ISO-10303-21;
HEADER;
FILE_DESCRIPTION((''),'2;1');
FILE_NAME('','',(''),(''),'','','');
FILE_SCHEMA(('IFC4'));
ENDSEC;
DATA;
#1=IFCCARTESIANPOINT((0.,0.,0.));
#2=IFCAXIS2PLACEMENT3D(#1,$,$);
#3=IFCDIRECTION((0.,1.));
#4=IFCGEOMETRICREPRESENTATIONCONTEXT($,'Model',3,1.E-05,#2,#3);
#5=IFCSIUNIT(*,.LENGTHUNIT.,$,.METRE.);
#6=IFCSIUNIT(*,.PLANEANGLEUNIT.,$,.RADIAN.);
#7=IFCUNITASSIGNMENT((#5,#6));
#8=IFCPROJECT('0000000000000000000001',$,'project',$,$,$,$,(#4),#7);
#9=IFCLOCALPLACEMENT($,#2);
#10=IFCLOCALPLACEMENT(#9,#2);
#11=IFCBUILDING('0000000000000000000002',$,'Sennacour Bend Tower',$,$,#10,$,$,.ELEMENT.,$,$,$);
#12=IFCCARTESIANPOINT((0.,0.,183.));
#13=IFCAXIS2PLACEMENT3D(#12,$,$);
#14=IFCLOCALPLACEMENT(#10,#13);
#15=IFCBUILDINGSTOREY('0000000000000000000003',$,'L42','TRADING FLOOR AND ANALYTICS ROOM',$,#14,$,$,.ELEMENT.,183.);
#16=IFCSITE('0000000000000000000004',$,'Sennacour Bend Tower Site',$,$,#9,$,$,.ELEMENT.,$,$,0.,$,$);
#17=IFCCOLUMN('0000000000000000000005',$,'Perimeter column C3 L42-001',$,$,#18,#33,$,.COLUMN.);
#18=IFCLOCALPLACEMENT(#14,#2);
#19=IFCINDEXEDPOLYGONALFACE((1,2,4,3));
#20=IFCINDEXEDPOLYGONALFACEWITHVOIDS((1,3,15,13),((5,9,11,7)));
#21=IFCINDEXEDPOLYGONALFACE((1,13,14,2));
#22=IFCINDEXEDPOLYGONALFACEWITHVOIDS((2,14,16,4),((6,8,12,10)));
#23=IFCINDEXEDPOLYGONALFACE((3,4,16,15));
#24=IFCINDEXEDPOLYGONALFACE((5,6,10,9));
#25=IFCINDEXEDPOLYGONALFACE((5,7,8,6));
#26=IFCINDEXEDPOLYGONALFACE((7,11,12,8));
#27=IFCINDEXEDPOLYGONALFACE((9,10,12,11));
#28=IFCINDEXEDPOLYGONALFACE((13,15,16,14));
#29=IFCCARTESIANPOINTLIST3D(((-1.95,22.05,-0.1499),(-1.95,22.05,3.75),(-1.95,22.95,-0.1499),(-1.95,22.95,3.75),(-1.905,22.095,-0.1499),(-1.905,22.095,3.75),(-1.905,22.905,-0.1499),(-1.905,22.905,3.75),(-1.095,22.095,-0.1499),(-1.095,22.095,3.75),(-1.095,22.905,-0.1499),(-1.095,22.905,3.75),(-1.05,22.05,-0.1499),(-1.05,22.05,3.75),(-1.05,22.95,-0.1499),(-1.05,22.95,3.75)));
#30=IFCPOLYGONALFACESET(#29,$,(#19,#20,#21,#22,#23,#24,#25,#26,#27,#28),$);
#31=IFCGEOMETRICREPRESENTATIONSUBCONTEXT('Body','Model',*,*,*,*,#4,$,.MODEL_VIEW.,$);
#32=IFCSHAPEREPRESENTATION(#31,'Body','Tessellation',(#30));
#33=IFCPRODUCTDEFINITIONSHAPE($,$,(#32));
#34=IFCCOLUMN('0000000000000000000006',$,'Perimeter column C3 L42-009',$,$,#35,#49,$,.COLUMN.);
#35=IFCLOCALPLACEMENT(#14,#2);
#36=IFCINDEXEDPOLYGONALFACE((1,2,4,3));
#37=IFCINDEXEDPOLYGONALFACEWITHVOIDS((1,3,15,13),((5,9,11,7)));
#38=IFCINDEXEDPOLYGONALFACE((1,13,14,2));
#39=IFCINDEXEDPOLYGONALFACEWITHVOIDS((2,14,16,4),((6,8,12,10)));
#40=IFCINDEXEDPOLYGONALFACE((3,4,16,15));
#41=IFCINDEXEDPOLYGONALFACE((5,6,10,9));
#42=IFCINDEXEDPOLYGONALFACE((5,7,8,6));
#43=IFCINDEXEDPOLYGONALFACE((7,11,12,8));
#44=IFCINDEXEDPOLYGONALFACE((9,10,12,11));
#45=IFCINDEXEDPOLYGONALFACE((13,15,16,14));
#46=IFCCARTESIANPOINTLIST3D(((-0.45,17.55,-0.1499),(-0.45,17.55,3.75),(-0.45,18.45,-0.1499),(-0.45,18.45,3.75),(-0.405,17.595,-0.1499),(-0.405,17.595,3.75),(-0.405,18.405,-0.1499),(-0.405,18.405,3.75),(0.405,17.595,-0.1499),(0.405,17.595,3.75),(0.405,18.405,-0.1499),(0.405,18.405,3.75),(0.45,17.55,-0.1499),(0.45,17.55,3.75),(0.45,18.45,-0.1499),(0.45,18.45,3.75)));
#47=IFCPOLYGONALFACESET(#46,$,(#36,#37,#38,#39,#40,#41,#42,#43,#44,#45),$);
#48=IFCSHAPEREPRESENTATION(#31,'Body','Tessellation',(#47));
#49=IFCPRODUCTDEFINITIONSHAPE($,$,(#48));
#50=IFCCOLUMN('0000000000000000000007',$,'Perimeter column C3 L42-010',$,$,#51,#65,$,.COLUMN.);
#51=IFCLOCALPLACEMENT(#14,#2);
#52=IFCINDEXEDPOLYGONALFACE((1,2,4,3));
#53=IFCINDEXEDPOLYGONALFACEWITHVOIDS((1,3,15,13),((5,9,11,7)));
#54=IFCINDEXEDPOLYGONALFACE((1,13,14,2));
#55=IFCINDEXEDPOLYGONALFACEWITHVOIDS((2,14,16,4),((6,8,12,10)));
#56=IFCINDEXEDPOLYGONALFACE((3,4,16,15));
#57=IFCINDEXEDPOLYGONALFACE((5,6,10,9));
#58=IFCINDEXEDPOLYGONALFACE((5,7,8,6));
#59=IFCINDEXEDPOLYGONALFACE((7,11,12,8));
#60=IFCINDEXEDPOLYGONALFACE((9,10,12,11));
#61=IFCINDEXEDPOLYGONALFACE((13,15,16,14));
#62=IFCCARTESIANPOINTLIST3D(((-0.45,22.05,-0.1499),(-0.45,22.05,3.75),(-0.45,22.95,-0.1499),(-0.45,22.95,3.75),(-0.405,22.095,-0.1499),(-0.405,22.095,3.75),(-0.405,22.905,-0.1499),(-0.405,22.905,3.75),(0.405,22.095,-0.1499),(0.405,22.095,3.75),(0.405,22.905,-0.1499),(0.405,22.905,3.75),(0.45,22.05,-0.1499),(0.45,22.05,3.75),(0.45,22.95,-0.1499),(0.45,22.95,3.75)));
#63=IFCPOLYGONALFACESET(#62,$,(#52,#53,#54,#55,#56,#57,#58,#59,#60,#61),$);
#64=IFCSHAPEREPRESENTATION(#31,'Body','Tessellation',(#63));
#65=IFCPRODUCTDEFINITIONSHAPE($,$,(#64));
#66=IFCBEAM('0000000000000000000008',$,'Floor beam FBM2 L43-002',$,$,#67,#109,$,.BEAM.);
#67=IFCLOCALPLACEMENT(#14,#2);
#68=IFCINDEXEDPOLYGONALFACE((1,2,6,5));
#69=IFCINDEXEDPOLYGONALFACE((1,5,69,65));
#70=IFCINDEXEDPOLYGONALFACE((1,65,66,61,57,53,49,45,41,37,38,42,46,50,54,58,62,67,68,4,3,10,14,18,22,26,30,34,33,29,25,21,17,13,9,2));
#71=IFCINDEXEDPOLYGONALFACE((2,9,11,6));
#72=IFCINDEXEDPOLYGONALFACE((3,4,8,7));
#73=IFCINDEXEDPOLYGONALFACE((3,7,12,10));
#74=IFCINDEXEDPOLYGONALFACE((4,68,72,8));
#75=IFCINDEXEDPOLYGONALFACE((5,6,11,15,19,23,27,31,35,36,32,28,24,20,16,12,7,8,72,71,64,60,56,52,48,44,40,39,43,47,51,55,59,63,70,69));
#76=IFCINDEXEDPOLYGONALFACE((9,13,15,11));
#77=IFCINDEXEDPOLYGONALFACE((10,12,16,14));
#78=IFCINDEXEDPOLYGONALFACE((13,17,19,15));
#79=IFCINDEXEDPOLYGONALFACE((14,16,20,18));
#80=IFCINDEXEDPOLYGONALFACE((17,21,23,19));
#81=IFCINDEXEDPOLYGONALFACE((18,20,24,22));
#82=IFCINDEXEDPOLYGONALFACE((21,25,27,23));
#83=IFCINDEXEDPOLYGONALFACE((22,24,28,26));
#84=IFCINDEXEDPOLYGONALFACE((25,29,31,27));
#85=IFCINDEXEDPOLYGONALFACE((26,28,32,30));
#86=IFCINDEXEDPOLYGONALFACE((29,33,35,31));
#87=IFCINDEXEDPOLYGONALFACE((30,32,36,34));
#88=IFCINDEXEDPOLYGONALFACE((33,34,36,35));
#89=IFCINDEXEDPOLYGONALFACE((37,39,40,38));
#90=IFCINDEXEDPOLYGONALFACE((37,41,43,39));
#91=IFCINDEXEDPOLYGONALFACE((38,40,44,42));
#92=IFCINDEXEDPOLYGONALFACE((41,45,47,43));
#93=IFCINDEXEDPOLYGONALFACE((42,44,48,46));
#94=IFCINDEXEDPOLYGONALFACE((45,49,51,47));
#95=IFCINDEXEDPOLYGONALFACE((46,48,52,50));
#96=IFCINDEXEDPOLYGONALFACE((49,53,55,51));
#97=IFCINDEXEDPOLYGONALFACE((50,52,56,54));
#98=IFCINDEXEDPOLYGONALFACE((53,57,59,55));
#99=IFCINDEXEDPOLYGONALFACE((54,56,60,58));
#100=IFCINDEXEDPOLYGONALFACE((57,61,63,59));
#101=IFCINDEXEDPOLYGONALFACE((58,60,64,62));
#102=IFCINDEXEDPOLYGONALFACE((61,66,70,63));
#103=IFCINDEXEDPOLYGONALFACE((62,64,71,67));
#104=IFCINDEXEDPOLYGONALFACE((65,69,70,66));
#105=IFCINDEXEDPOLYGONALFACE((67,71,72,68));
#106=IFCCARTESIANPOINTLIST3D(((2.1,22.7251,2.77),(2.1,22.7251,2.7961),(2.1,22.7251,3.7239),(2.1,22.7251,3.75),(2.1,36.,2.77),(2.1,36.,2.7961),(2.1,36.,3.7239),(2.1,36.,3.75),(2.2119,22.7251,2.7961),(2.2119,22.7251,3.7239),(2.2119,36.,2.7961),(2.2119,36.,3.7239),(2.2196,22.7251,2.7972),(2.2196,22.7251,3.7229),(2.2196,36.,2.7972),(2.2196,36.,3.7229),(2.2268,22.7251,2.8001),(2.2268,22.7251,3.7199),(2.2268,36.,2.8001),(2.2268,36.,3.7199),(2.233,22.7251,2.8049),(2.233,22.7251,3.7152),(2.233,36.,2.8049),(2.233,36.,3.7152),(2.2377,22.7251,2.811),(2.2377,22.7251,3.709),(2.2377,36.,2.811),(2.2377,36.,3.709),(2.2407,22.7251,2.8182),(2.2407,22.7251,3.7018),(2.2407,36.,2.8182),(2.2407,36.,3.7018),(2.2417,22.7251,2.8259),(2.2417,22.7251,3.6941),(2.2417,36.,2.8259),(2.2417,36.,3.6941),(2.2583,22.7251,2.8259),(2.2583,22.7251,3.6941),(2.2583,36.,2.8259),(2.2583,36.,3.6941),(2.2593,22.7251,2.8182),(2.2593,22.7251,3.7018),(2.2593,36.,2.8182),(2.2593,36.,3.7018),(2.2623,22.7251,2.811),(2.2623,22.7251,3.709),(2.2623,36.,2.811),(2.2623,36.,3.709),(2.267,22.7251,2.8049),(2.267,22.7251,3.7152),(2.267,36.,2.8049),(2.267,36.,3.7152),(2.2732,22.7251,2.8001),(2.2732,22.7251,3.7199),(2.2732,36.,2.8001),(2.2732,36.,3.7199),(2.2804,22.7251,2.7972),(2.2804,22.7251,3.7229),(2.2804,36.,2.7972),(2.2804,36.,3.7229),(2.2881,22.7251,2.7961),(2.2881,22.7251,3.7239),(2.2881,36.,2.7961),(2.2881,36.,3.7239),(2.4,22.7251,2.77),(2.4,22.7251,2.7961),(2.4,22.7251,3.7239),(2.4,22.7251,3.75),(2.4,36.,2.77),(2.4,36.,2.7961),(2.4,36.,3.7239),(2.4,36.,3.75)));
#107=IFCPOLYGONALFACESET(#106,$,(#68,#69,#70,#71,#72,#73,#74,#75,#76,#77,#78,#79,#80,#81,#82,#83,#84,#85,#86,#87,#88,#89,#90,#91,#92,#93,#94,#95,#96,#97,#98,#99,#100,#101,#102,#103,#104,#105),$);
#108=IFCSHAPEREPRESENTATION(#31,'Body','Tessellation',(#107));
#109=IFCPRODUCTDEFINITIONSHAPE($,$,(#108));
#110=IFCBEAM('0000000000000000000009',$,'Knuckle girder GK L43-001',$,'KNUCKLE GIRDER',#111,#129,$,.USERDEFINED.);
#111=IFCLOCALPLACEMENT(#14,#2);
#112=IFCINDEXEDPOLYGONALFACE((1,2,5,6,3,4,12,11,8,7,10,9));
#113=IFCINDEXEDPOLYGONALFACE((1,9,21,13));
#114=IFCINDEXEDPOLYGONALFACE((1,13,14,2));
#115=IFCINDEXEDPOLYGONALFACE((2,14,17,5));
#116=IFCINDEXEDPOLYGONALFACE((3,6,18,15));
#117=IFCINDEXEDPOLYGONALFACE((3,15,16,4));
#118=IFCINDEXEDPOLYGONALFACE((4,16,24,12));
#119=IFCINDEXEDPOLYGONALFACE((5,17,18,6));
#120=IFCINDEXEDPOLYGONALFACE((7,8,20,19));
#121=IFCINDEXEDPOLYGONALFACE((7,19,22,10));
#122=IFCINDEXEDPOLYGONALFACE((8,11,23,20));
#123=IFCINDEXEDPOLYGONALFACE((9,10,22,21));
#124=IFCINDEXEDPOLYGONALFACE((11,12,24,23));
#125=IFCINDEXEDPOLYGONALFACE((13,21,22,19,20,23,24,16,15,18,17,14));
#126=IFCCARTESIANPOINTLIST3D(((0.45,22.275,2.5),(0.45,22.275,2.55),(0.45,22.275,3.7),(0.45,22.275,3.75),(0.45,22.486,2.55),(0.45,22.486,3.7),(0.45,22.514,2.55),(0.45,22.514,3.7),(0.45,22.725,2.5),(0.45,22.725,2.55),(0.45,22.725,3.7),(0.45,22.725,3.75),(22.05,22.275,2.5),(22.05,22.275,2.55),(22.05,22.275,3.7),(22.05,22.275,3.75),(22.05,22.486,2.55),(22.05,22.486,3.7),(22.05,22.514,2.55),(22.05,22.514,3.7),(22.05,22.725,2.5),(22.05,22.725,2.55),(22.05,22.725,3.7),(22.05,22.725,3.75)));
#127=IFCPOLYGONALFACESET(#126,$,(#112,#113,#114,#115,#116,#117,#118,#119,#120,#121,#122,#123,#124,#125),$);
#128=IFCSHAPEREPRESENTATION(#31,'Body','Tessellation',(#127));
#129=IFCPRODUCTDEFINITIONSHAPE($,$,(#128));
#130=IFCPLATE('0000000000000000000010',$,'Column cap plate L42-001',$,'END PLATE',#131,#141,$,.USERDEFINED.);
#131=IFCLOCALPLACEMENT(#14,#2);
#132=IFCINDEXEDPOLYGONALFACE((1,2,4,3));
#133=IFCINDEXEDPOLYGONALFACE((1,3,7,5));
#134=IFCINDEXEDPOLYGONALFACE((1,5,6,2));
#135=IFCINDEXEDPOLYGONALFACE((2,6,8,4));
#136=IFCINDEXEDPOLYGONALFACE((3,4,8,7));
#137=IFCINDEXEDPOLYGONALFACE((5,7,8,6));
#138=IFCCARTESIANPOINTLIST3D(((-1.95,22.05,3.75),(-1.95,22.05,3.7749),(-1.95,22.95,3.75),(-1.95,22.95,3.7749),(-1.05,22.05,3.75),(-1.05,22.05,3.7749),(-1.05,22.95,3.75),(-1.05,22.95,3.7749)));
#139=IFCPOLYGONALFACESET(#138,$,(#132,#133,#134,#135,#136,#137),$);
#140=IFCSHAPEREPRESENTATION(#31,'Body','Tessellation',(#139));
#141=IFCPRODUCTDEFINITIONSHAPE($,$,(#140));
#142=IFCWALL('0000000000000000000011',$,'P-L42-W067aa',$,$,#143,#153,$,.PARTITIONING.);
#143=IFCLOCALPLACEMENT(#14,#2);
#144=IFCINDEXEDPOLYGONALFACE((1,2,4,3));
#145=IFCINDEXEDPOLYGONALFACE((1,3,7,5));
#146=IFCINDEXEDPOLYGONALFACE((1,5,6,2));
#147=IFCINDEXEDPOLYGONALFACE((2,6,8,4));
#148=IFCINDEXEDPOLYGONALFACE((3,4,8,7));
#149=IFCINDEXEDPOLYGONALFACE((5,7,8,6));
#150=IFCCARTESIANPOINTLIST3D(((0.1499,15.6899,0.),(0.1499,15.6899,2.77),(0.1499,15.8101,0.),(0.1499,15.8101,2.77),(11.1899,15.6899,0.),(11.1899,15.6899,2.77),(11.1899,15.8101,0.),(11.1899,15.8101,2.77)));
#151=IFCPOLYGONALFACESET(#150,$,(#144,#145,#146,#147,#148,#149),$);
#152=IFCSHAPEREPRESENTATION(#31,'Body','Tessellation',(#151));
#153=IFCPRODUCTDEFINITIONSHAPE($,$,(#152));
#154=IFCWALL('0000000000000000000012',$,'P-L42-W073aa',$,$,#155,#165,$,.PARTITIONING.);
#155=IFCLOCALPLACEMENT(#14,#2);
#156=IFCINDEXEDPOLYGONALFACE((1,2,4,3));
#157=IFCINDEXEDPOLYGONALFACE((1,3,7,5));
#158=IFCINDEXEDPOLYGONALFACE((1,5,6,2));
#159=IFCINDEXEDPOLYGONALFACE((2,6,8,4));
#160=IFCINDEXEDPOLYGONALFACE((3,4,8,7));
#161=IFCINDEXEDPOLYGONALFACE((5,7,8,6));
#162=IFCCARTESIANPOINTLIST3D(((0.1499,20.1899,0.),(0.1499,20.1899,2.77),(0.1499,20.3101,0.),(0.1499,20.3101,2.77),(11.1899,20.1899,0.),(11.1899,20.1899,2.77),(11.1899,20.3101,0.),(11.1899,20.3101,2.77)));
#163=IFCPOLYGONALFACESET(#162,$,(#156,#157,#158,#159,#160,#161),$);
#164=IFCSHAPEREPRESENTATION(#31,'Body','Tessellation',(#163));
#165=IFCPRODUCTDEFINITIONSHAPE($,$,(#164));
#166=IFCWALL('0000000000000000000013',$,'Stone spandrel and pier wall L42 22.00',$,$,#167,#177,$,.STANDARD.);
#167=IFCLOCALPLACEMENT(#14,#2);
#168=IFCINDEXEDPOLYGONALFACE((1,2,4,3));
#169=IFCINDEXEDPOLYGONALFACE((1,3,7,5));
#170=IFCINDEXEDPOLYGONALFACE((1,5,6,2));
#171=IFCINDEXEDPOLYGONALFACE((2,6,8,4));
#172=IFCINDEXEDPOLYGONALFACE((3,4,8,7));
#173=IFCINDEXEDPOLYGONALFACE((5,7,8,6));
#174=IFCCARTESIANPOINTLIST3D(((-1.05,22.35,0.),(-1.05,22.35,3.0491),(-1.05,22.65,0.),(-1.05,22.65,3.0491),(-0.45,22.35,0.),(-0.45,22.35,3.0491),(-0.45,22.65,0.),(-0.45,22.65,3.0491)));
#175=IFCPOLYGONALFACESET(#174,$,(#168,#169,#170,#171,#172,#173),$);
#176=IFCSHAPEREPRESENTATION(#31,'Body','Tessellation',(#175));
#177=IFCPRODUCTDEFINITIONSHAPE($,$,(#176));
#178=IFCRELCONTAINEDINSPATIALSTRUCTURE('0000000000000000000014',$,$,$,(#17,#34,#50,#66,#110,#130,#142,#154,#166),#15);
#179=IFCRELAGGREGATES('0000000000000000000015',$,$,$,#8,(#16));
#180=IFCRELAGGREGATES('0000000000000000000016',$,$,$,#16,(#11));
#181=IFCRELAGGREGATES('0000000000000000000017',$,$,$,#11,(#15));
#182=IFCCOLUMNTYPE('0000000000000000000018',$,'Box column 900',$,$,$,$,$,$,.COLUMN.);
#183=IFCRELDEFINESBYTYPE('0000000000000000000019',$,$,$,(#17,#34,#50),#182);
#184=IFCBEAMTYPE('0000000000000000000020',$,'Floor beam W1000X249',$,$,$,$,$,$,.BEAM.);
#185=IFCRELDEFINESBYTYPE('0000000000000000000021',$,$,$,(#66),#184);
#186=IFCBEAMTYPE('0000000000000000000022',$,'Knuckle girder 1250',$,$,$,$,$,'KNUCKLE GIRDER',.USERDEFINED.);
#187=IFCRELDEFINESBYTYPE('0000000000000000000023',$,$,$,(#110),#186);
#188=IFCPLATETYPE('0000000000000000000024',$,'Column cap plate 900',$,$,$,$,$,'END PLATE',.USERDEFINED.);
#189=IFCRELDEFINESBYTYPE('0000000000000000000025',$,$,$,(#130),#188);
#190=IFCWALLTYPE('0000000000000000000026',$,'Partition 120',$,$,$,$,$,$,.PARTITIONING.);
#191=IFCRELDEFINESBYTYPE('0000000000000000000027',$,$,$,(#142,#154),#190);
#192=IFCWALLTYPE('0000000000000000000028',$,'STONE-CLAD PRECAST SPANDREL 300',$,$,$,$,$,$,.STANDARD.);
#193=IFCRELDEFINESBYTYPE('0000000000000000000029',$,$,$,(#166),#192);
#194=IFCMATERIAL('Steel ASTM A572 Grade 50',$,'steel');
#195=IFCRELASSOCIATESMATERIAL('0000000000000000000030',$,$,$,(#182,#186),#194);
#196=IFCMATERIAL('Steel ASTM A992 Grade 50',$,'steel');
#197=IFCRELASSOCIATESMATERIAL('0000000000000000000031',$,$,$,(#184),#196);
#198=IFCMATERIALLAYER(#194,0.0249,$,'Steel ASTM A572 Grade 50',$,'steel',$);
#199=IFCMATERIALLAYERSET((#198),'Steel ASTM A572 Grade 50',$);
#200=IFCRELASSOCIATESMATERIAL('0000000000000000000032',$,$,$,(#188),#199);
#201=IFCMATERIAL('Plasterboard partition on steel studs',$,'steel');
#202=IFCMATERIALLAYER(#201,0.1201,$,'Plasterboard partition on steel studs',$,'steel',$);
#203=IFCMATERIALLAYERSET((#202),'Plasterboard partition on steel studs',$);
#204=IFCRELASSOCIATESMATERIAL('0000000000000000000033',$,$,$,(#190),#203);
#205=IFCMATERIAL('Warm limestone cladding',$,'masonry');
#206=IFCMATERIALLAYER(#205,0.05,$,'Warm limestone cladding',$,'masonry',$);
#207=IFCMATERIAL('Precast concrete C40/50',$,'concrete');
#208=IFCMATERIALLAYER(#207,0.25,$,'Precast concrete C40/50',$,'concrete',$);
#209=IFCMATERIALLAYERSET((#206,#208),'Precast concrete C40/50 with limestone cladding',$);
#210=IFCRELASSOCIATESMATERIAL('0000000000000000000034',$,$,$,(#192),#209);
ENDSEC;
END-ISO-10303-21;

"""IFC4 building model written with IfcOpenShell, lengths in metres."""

from ifc_helpers import new_model, si_unit, direction, frame, frame_2d, origin, origin_2d, place, context, subcontext, project, spatial, rectangle, hollow_rectangle, i_section, extrude, material, layer, layer_set, material_profile, profile_set, type_object, element, save


model = new_model("IFC4")

# Units and contexts
model_context = context("Model", 3, precision=1e-05, world=origin(), true_north=direction((0.0, 1.0)))
body_context = subcontext(model_context, "Body", "Model", "MODEL_VIEW")
ifc_project = project(units=[si_unit("LENGTHUNIT", "METRE"), si_unit("PLANEANGLEUNIT", "RADIAN")], contexts=[model_context])

# Site, building, storey
site_placement = place(None, origin())
site = spatial("IfcSite", under=ifc_project, at=site_placement, Name="Sennacour Bend Tower Site", CompositionType="ELEMENT", RefElevation=0.0)
building_placement = place(site_placement, origin())
building = spatial("IfcBuilding", under=site, at=building_placement, Name="Sennacour Bend Tower", CompositionType="ELEMENT")
storey_placement = place(building_placement, frame((0.0, 0.0, 183.0)))
storey = spatial("IfcBuildingStorey", under=building, at=storey_placement, Name="L42", Description="TRADING FLOOR AND ANALYTICS ROOM", CompositionType="ELEMENT", Elevation=183.0)

# Columns
ifc_material_1 = material(Name="Steel ASTM A572 Grade 50", Category="steel")
ifc_material_profile_1 = material_profile(ifc_material_1, hollow_rectangle(XDim=0.8999, YDim=0.8999, WallThickness=0.0449, at=origin_2d()), Name="Steel ASTM A572 Grade 50", Category="steel")
ifc_profile_set_1 = profile_set([ifc_material_profile_1], Name="Steel ASTM A572 Grade 50")
column_type = type_object("IfcColumnType", Name="Box column 900", PredefinedType="COLUMN", material=ifc_profile_set_1)
for number, where, z_axis, x_axis, name in (
    (1, (-1.5, 22.5, -0.1499), (0.0, 0.0, 1.0), (1.0, 0.0, 0.0), "Perimeter column C3 L42-001"),
    (2, (0.0, 18.0, -0.1499), (0.0, 0.0, 1.0), (1.0, 0.0, 0.0), "Perimeter column C3 L42-009"),
    (3, (0.0, 22.5, -0.1499), (0.0, 0.0, 1.0), (1.0, 0.0, 0.0), "Perimeter column C3 L42-010"),
):
    element("IfcColumn", number, at=place(storey_placement, frame(where, z_axis=z_axis, x_axis=x_axis)), inside=storey, type_object=column_type, Name=name, PredefinedType="COLUMN", context=body_context, shape_type="SweptSolid", body=[
        extrude(hollow_rectangle(XDim=0.8999, YDim=0.8999, WallThickness=0.0449, at=origin_2d()), origin(), (0.0, 0.0, 1.0), 3.8999),
    ])

# Beams
ifc_material_2 = material(Name="Steel ASTM A992 Grade 50", Category="steel")
ifc_material_profile_2 = material_profile(ifc_material_2, i_section(OverallWidth=0.3, OverallDepth=0.98, WebThickness=0.0166, FlangeThickness=0.0261, FilletRadius=0.0298, at=origin_2d()), Name="Steel ASTM A992 Grade 50", Category="steel")
ifc_profile_set_2 = profile_set([ifc_material_profile_2], Name="Steel ASTM A992 Grade 50")
beam_type_1 = type_object("IfcBeamType", Name="Floor beam W1000X249", PredefinedType="BEAM", material=ifc_profile_set_2)
beam_1_placement = place(storey_placement, frame((2.25, 22.7251, 3.26), z_axis=(0.0, 1.0, 0.0), x_axis=(-1.0, 0.0, 0.0)))
element("IfcBeam", 4, at=beam_1_placement, inside=storey, type_object=beam_type_1, Name="Floor beam FBM2 L43-002", PredefinedType="BEAM", context=body_context, shape_type="SweptSolid", body=[
    extrude(i_section(OverallWidth=0.3, OverallDepth=0.98, WebThickness=0.0166, FlangeThickness=0.0261, FilletRadius=0.0298, at=origin_2d()), origin(), (0.0, 0.0, 1.0), 13.2749),
])
ifc_material_profile_3 = material_profile(ifc_material_1, i_section(OverallWidth=0.45, OverallDepth=1.25, WebThickness=0.0281, FlangeThickness=0.05, at=origin_2d()), Name="Steel ASTM A572 Grade 50", Category="steel")
ifc_profile_set_3 = profile_set([ifc_material_profile_3], Name="Steel ASTM A572 Grade 50")
beam_type_2 = type_object("IfcBeamType", Name="Knuckle girder 1250", ElementType="KNUCKLE GIRDER", PredefinedType="USERDEFINED", material=ifc_profile_set_3)
beam_2_placement = place(storey_placement, frame((0.45, 22.5, 3.125), z_axis=(1.0, 0.0, 0.0), x_axis=(0.0, 1.0, 0.0)))
element("IfcBeam", 5, at=beam_2_placement, inside=storey, type_object=beam_type_2, Name="Knuckle girder GK L43-001", ObjectType="KNUCKLE GIRDER", PredefinedType="USERDEFINED", context=body_context, shape_type="SweptSolid", body=[
    extrude(i_section(OverallWidth=0.45, OverallDepth=1.25, WebThickness=0.0281, FlangeThickness=0.05, at=origin_2d()), origin(), (0.0, 0.0, 1.0), 21.6001),
])

# Plate
ifc_layer_1 = layer(ifc_material_1, 0.0249, Name="Steel ASTM A572 Grade 50", Category="steel")
ifc_layer_set_1 = layer_set([ifc_layer_1], Name="Steel ASTM A572 Grade 50")
plate_type = type_object("IfcPlateType", Name="Column cap plate 900", ElementType="END PLATE", PredefinedType="USERDEFINED", material=ifc_layer_set_1)
plate_placement = place(storey_placement, frame((-1.5, 22.5, 3.75), z_axis=(0.0, 0.0, 1.0), x_axis=(1.0, 0.0, 0.0)))
element("IfcPlate", 6, at=plate_placement, inside=storey, type_object=plate_type, Name="Column cap plate L42-001", ObjectType="END PLATE", PredefinedType="USERDEFINED", context=body_context, shape_type="SweptSolid", body=[
    extrude(rectangle(XDim=0.8999, YDim=0.8999, at=origin_2d()), origin(), (0.0, 0.0, 1.0), 0.0249),
])

# Walls
ifc_material_3 = material(Name="Plasterboard partition on steel studs", Category="steel")
ifc_layer_2 = layer(ifc_material_3, 0.1201, Name="Plasterboard partition on steel studs", Category="steel")
ifc_layer_set_2 = layer_set([ifc_layer_2], Name="Plasterboard partition on steel studs")
wall_type_1 = type_object("IfcWallType", Name="Partition 120", PredefinedType="PARTITIONING", material=ifc_layer_set_2)
for number, where, z_axis, x_axis, name in (
    (7, (0.1499, 15.75, 0.0), (0.0, 0.0, 1.0), (1.0, 0.0, 0.0), "P-L42-W067aa"),
    (8, (0.1499, 20.25, 0.0), (0.0, 0.0, 1.0), (1.0, 0.0, 0.0), "P-L42-W073aa"),
):
    element("IfcWall", number, at=place(storey_placement, frame(where, z_axis=z_axis, x_axis=x_axis)), inside=storey, type_object=wall_type_1, Name=name, PredefinedType="PARTITIONING", context=body_context, shape_type="SweptSolid", body=[
        extrude(rectangle(XDim=11.04, YDim=0.1201, at=frame_2d((5.52, 0.0))), origin(), (0.0, 0.0, 1.0), 2.77),
    ])
ifc_material_4 = material(Name="Warm limestone cladding", Category="masonry")
ifc_layer_3 = layer(ifc_material_4, 0.05, Name="Warm limestone cladding", Category="masonry")
ifc_material_5 = material(Name="Precast concrete C40/50", Category="concrete")
ifc_layer_4 = layer(ifc_material_5, 0.25, Name="Precast concrete C40/50", Category="concrete")
ifc_layer_set_3 = layer_set([ifc_layer_3, ifc_layer_4], Name="Precast concrete C40/50 with limestone cladding")
wall_type_2 = type_object("IfcWallType", Name="STONE-CLAD PRECAST SPANDREL 300", PredefinedType="STANDARD", material=ifc_layer_set_3)
wall_1_placement = place(storey_placement, frame((-1.05, 22.5, 0.0), z_axis=(0.0, 0.0, 1.0), x_axis=(1.0, 0.0, 0.0)))
element("IfcWall", 9, at=wall_1_placement, inside=storey, type_object=wall_type_2, Name="Stone spandrel and pier wall L42 22.00", PredefinedType="STANDARD", context=body_context, shape_type="SweptSolid", body=[
    extrude(rectangle(XDim=0.6001, YDim=0.3, at=frame_2d((0.3, 0.0))), origin(), (0.0, 0.0, 1.0), 3.0491),
])

save(model, "model.ifc")
